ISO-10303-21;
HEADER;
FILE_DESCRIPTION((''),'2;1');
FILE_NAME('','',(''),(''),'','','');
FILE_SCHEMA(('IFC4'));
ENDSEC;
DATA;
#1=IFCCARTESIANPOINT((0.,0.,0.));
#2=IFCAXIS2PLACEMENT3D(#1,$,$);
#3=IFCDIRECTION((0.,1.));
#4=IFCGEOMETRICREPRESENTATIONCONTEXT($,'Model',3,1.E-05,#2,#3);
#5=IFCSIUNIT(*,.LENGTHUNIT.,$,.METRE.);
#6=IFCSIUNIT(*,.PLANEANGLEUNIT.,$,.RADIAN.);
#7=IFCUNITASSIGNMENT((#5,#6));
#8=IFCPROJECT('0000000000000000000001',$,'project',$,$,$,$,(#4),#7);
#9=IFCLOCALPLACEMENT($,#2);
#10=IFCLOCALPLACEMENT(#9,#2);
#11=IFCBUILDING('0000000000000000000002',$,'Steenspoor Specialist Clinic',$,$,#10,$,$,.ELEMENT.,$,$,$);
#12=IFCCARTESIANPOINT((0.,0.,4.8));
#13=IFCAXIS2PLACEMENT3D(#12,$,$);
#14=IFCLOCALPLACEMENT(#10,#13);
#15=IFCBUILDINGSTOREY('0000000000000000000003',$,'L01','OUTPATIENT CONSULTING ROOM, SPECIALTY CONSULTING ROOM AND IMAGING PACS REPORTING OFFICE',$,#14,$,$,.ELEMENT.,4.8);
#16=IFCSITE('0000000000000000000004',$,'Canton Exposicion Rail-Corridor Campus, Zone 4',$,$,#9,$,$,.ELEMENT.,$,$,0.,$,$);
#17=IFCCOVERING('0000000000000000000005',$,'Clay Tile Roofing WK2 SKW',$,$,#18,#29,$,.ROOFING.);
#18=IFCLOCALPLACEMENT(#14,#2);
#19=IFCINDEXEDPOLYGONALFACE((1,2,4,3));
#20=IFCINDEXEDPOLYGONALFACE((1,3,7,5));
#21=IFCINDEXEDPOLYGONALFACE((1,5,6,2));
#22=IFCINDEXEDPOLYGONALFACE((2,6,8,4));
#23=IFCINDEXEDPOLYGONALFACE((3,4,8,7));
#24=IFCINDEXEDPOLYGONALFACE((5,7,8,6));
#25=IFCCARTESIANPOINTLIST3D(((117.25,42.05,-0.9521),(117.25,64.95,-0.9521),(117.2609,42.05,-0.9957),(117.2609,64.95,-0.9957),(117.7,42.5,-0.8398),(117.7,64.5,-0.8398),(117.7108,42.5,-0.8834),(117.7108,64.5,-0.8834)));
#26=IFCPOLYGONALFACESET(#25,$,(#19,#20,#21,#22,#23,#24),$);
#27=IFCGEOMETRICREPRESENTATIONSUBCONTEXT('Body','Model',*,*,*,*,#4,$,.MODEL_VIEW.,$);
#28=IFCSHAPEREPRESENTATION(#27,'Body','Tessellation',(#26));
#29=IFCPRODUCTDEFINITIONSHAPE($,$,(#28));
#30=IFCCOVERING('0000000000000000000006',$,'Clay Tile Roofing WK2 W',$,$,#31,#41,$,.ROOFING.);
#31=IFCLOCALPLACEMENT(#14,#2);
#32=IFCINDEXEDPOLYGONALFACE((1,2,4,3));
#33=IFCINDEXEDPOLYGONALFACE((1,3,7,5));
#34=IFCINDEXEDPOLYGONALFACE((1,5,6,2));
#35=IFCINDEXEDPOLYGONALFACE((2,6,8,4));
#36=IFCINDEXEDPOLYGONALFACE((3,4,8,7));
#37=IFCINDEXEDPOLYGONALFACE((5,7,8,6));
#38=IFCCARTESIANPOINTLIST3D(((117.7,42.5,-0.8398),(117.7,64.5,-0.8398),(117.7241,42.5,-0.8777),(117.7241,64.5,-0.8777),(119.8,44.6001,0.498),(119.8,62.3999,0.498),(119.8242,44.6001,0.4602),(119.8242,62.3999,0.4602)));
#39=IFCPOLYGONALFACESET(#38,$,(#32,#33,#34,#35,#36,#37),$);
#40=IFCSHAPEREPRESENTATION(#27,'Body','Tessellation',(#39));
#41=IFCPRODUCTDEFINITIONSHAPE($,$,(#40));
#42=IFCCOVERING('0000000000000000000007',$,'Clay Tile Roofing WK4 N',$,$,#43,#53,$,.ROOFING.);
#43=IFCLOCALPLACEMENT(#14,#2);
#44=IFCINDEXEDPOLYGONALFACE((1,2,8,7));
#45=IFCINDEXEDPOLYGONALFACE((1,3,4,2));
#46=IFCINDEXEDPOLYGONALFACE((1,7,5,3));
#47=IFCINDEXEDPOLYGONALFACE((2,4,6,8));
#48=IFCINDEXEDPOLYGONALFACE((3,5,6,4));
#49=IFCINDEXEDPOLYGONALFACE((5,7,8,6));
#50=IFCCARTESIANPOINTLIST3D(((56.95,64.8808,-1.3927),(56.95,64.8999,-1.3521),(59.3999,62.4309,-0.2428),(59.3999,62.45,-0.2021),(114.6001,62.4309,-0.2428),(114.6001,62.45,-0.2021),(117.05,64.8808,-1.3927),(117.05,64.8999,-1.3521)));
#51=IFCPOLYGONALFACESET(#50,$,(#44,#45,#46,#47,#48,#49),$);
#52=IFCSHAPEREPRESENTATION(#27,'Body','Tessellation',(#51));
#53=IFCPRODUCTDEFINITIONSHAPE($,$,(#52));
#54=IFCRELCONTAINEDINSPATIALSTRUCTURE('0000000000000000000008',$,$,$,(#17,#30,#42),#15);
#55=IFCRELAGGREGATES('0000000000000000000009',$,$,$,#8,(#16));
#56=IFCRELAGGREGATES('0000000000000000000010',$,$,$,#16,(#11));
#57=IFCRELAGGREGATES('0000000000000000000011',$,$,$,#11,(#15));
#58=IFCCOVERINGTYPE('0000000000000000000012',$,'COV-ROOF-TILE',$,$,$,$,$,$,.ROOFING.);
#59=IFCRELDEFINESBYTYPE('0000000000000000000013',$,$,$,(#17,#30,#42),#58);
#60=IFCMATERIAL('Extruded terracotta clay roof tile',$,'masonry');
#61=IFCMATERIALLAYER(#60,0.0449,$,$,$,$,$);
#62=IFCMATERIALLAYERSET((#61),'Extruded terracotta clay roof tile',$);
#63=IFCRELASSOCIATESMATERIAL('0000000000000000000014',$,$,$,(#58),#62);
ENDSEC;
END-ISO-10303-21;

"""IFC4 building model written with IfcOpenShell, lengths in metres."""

from ifc_helpers import new_model, si_unit, direction, frame, origin, place, context, subcontext, project, spatial, polyline, outline, extrude, material, layer, layer_set, type_object, element, save


model = new_model("IFC4")

# Units and contexts
model_context = context("Model", 3, precision=1e-05, world=origin(), true_north=direction((0.0, 1.0)))
body_context = subcontext(model_context, "Body", "Model", "MODEL_VIEW")
ifc_project = project(units=[si_unit("LENGTHUNIT", "METRE"), si_unit("PLANEANGLEUNIT", "RADIAN")], contexts=[model_context])

# Site, building, storey
site_placement = place(None, origin())
site = spatial("IfcSite", under=ifc_project, at=site_placement, Name="Canton Exposicion Rail-Corridor Campus, Zone 4", CompositionType="ELEMENT", RefElevation=0.0)
building_placement = place(site_placement, origin())
building = spatial("IfcBuilding", under=site, at=building_placement, Name="Steenspoor Specialist Clinic", CompositionType="ELEMENT")
storey_placement = place(building_placement, frame((0.0, 0.0, 4.8)))
storey = spatial("IfcBuildingStorey", under=building, at=storey_placement, Name="L01", Description="OUTPATIENT CONSULTING ROOM, SPECIALTY CONSULTING ROOM AND IMAGING PACS REPORTING OFFICE", CompositionType="ELEMENT", Elevation=4.8)

# Shared definitions
ifc_material_1 = material(Name="Extruded terracotta clay roof tile", Category="masonry")

# Coverings
ifc_layer_1 = layer(ifc_material_1, 0.0449)
ifc_layer_set_1 = layer_set([ifc_layer_1], Name="Extruded terracotta clay roof tile")
covering_type_1 = type_object("IfcCoveringType", Name="COV-ROOF-TILE", PredefinedType="ROOFING", material=ifc_layer_set_1)
covering_1_placement = place(storey_placement, frame((117.25, 64.95, -0.9521), z_axis=(-0.242164, 0.0, 0.970235), x_axis=(0.0, -1.0, 0.0)))
element("IfcCovering", 1, at=covering_1_placement, inside=storey, type_object=covering_type_1, Name="Clay Tile Roofing WK2 SKW", PredefinedType="ROOFING", context=body_context, shape_type="SweptSolid", body=[
    extrude(outline(polyline([(0.0, 0.0), (22.8999, 0.0), (22.45, 0.4638), (0.45, 0.4638), (0.0, 0.0)])), origin(), (0.0, 0.0, -1.0), 0.0449),
])
covering_2_placement = place(storey_placement, frame((117.7, 64.5, -0.8398), z_axis=(-0.537294, 0.0, 0.843395), x_axis=(0.0, -1.0, 0.0)))
element("IfcCovering", 2, at=covering_2_placement, inside=storey, type_object=covering_type_1, Name="Clay Tile Roofing WK2 W", PredefinedType="ROOFING", context=body_context, shape_type="SweptSolid", body=[
    extrude(outline(polyline([(0.0, 0.0), (22.0, 0.0), (19.8999, 2.4901), (2.1001, 2.4901), (0.0, 0.0)])), origin(), (0.0, 0.0, -1.0), 0.0449),
])
covering_3_placement = place(storey_placement, frame((117.05, 64.8999, -1.3521), z_axis=(0.0, 0.424885, 0.905248), x_axis=(-1.0, 0.0, 0.0)))
element("IfcCovering", 3, at=covering_3_placement, inside=storey, type_object=covering_type_1, Name="Clay Tile Roofing WK4 N", PredefinedType="ROOFING", context=body_context, shape_type="SweptSolid", body=[
    extrude(outline(polyline([(0.0, 0.0), (60.1001, 0.0), (57.6501, 2.7064), (2.45, 2.7064), (0.0, 0.0)])), origin(), (0.0, 0.0, -1.0), 0.0449),
])

save(model, "model.ifc")
